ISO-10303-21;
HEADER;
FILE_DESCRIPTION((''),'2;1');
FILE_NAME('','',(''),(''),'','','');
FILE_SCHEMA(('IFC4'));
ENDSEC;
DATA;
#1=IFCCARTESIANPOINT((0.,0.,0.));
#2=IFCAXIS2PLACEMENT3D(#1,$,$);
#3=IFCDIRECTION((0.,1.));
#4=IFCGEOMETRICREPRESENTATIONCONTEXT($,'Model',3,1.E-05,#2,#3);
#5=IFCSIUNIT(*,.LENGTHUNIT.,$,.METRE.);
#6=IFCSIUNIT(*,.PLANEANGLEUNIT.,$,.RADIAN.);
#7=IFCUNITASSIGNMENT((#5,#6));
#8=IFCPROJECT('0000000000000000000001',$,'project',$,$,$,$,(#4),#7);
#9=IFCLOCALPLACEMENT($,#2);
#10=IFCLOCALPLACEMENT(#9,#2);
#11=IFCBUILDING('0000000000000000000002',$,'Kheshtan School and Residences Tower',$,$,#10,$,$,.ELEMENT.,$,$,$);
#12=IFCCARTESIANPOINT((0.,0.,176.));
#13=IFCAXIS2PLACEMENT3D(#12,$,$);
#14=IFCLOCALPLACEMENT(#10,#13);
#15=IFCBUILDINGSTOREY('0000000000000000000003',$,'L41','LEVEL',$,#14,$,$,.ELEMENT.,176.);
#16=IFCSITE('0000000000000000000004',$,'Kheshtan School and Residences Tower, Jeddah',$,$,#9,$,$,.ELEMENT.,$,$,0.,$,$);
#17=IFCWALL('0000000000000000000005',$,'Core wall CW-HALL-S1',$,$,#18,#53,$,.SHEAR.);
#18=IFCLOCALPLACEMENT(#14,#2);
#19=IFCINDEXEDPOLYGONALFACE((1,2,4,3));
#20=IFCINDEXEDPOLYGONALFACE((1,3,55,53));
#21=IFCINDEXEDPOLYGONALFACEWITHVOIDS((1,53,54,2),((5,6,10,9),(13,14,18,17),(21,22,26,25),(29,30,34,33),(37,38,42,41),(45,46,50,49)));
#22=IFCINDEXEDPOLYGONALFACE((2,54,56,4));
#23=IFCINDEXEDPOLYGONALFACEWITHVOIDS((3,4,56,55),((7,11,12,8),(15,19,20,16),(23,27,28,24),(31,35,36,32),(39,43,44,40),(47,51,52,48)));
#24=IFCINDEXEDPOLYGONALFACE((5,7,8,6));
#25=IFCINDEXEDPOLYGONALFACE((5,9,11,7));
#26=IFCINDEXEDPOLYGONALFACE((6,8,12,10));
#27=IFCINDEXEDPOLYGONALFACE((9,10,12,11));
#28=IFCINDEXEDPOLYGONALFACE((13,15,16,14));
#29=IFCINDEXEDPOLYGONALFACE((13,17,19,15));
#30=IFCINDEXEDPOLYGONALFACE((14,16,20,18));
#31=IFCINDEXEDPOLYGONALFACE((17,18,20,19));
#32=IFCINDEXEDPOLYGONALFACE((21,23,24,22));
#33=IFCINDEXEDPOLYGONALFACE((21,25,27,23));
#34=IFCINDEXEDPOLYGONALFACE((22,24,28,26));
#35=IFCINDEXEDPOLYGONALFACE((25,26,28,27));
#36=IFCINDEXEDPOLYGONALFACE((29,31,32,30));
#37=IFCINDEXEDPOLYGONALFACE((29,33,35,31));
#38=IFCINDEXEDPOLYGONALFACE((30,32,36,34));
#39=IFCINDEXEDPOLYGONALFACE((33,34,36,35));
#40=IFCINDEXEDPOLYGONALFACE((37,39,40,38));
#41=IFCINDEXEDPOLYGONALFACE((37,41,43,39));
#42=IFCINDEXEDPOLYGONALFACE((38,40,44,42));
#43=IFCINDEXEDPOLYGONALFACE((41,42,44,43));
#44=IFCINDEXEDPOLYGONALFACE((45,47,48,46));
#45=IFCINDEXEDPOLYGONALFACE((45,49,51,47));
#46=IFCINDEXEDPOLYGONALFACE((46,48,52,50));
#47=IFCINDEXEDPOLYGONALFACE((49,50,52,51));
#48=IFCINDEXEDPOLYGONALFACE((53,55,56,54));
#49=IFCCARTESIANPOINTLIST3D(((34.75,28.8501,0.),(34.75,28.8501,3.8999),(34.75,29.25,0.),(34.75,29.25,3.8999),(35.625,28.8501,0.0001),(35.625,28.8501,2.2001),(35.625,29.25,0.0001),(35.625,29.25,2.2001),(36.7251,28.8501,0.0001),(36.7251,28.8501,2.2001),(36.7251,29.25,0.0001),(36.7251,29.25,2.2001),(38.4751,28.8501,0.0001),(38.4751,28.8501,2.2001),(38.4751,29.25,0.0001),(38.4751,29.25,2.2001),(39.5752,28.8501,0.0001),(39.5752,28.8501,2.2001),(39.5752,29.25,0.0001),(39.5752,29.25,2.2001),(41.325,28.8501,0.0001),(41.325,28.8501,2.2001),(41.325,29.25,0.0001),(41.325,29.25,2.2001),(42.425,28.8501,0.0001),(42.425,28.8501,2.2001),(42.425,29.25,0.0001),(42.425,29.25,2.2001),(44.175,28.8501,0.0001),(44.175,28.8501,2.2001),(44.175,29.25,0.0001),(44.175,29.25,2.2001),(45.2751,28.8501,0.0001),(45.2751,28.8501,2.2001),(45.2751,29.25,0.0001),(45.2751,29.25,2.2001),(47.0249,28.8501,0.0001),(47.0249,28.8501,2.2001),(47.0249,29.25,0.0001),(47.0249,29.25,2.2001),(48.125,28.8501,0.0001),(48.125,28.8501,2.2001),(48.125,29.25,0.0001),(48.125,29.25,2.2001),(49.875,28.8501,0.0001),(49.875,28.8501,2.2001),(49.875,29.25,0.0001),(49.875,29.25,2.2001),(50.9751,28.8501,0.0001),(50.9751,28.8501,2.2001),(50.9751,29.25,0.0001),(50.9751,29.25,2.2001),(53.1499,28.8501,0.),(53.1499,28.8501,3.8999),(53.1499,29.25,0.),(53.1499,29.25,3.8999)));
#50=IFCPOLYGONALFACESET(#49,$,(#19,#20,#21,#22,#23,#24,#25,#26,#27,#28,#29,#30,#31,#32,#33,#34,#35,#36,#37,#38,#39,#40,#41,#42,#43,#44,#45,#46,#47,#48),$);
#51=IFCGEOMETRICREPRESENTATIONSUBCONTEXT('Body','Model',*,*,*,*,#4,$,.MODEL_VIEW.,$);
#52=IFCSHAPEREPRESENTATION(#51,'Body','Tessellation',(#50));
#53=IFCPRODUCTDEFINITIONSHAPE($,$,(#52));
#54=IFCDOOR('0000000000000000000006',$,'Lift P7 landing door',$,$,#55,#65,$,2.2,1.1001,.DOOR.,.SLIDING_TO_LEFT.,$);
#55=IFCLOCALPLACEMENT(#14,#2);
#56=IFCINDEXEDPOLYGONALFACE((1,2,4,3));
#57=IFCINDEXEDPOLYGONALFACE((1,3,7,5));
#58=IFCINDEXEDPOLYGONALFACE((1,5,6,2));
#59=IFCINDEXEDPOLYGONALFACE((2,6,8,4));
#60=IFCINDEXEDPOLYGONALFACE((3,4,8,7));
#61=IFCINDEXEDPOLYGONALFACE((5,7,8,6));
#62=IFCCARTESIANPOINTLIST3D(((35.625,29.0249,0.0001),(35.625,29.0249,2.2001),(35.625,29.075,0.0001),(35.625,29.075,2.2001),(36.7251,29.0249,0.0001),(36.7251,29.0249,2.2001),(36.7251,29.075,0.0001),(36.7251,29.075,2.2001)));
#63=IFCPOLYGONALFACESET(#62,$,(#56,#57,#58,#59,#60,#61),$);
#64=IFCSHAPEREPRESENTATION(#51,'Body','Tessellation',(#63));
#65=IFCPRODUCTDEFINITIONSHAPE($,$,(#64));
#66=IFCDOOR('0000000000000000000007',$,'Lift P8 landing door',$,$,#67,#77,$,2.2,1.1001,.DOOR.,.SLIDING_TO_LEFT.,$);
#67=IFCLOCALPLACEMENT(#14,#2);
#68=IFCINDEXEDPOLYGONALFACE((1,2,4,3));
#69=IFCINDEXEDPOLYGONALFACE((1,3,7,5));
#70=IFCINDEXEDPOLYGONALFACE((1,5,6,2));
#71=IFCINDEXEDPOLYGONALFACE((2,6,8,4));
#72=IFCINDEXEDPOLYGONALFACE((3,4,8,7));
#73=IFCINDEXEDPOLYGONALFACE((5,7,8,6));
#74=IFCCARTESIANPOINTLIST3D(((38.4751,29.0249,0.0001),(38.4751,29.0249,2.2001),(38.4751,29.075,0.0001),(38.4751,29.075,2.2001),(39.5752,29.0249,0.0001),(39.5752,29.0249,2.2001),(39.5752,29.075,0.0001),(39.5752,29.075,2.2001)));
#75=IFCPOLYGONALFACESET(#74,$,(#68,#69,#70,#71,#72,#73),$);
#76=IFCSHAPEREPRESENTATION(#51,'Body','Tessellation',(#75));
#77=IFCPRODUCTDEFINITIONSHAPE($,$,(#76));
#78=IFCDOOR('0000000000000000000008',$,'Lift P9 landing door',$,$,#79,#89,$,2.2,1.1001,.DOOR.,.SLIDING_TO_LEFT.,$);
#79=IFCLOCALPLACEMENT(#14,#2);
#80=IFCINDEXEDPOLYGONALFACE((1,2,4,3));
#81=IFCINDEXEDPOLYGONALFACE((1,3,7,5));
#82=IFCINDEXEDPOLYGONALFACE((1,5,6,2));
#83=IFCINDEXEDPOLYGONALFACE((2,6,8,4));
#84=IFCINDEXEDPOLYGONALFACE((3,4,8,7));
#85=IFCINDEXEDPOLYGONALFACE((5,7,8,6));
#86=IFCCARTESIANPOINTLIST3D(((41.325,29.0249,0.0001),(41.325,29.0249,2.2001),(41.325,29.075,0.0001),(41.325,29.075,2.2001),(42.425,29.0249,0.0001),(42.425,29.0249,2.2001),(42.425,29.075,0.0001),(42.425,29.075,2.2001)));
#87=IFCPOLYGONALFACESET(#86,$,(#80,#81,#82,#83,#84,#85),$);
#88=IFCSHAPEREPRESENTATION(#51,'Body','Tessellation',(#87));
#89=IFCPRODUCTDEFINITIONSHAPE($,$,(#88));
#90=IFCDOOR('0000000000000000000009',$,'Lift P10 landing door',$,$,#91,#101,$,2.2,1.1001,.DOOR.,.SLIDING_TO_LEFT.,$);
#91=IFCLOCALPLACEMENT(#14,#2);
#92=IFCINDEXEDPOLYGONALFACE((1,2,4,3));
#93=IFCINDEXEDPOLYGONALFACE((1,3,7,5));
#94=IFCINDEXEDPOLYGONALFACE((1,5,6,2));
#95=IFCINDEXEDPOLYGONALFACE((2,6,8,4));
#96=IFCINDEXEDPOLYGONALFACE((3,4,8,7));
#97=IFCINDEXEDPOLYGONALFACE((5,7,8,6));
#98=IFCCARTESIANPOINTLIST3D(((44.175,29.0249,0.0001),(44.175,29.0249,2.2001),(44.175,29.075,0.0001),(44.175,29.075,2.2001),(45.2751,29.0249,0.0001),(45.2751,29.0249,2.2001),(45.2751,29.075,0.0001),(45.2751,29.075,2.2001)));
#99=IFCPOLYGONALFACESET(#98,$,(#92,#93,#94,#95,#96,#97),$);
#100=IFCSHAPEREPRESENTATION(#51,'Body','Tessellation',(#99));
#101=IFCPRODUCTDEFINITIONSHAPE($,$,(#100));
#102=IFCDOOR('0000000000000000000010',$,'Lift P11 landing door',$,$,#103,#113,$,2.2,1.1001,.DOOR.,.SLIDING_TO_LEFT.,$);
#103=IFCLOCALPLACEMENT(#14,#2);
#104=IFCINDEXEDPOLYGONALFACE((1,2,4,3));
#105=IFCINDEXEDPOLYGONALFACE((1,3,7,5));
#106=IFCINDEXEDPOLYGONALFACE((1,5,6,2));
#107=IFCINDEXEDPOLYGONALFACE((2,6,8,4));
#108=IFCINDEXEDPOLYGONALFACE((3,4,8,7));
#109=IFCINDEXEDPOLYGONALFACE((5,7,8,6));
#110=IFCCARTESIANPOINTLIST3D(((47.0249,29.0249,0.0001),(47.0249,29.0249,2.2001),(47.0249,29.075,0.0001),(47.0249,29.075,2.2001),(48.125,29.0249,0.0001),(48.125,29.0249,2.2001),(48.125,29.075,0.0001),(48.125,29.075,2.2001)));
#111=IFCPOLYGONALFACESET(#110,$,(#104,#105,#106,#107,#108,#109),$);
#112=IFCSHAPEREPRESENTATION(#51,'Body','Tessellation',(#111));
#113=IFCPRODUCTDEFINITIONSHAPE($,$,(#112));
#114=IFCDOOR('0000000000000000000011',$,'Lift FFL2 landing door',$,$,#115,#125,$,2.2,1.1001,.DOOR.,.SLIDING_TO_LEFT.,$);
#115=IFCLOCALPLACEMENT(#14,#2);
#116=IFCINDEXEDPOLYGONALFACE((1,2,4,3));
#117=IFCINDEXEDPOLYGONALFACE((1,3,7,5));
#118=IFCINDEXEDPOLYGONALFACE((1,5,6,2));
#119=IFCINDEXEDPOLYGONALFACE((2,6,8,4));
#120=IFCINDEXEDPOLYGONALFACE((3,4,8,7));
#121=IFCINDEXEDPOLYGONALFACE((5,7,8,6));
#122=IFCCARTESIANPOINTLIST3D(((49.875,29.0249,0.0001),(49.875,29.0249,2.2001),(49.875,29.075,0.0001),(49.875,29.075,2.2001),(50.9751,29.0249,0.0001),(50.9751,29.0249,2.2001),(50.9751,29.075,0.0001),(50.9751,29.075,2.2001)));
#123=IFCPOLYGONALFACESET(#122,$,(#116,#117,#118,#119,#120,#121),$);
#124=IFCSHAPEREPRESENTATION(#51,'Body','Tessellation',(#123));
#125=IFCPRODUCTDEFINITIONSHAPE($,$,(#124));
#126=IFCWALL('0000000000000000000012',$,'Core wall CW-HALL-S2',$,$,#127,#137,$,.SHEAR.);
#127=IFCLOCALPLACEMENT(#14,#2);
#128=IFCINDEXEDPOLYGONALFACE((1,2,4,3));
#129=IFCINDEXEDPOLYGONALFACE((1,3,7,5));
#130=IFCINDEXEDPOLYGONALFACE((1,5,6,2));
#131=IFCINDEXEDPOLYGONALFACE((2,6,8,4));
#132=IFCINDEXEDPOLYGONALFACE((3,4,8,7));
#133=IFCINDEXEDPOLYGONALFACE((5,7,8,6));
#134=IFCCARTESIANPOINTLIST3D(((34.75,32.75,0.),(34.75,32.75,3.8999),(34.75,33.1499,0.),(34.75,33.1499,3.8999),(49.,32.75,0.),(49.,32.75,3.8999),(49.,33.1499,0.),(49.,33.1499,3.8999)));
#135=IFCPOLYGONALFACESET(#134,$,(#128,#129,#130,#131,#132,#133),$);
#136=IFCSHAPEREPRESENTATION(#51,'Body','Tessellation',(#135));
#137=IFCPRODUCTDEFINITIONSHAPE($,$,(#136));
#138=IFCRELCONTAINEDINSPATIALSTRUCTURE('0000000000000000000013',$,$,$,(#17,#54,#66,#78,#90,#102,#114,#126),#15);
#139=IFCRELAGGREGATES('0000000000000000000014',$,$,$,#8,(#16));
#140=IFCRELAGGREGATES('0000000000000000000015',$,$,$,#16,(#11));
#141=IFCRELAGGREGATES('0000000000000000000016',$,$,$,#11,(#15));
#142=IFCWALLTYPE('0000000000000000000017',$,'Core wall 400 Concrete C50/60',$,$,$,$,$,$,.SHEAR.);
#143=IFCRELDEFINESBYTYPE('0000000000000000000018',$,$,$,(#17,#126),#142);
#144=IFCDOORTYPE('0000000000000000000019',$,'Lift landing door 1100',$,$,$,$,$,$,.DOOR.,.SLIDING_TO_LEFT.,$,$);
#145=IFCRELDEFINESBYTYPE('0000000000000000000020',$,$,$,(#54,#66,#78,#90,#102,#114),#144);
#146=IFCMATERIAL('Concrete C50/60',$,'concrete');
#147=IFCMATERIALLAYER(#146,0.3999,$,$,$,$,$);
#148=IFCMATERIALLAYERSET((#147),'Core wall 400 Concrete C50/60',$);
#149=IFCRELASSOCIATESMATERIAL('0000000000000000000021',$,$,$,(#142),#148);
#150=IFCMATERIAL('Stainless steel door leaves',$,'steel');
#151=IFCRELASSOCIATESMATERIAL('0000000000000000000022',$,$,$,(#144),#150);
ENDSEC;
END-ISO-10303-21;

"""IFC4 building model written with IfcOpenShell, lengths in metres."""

from ifc_helpers import new_model, si_unit, direction, frame, frame_2d, origin, place, context, subcontext, project, spatial, rectangle, extrude, source, transform, mapped, material, layer, layer_set, type_object, element, fill, save


model = new_model("IFC4")

# Units and contexts
model_context = context("Model", 3, precision=1e-05, world=origin(), true_north=direction((0.0, 1.0)))
body_context = subcontext(model_context, "Body", "Model", "MODEL_VIEW")
ifc_project = project(units=[si_unit("LENGTHUNIT", "METRE"), si_unit("PLANEANGLEUNIT", "RADIAN")], contexts=[model_context])

# Site, building, storey
site_placement = place(None, origin())
site = spatial("IfcSite", under=ifc_project, at=site_placement, Name="Kheshtan School and Residences Tower, Jeddah", CompositionType="ELEMENT", RefElevation=0.0)
building_placement = place(site_placement, origin())
building = spatial("IfcBuilding", under=site, at=building_placement, Name="Kheshtan School and Residences Tower", CompositionType="ELEMENT")
storey_placement = place(building_placement, frame((0.0, 0.0, 176.0)))
storey = spatial("IfcBuildingStorey", under=building, at=storey_placement, Name="L41", Description="LEVEL", CompositionType="ELEMENT", Elevation=176.0)

# Wall, openings, doors
ifc_material_1 = material(Name="Concrete C50/60", Category="concrete")
ifc_layer_1 = layer(ifc_material_1, 0.3999)
ifc_layer_set_1 = layer_set([ifc_layer_1], Name="Core wall 400 Concrete C50/60")
wall_type_1 = type_object("IfcWallType", Name="Core wall 400 Concrete C50/60", PredefinedType="SHEAR", material=ifc_layer_set_1)
wall_1_placement = place(storey_placement, frame((34.75, 29.05, 0.0), z_axis=(0.0, 0.0, 1.0), x_axis=(1.0, 0.0, 0.0)))
wall_1 = element("IfcWall", 1, at=wall_1_placement, inside=storey, type_object=wall_type_1, Name="Core wall CW-HALL-S1", PredefinedType="SHEAR", context=body_context, shape_type="SweptSolid", body=[
    extrude(rectangle(XDim=18.3999, YDim=0.3999, at=frame_2d((9.2, 0.0))), origin(), (0.0, 0.0, 1.0), 3.8999),
])
opening_1_placement = place(wall_1_placement, frame((0.875, 0.0, 0.0)))
opening_1 = element("IfcOpeningElement", 2, at=opening_1_placement, cuts=wall_1, PredefinedType="OPENING", context=body_context, shape_type="SweptSolid", body=[
    extrude(rectangle(XDim=1.1001, YDim=2.2, at=frame_2d((0.55, 1.1001))), frame((0.0, 0.21, 0.0), z_axis=(0.0, -1.0, 0.0), x_axis=(1.0, 0.0, 0.0)), (0.0, 0.0, 1.0), 0.4199),
])
opening_2_placement = place(wall_1_placement, frame((3.7251, 0.0, 0.0)))
opening_2 = element("IfcOpeningElement", 3, at=opening_2_placement, cuts=wall_1, PredefinedType="OPENING", context=body_context, shape_type="SweptSolid", body=[
    extrude(rectangle(XDim=1.1001, YDim=2.2, at=frame_2d((0.55, 1.1001))), frame((0.0, 0.21, 0.0), z_axis=(0.0, -1.0, 0.0), x_axis=(1.0, 0.0, 0.0)), (0.0, 0.0, 1.0), 0.4199),
])
opening_3_placement = place(wall_1_placement, frame((6.575, 0.0, 0.0)))
opening_3 = element("IfcOpeningElement", 4, at=opening_3_placement, cuts=wall_1, PredefinedType="OPENING", context=body_context, shape_type="SweptSolid", body=[
    extrude(rectangle(XDim=1.1001, YDim=2.2, at=frame_2d((0.55, 1.1001))), frame((0.0, 0.21, 0.0), z_axis=(0.0, -1.0, 0.0), x_axis=(1.0, 0.0, 0.0)), (0.0, 0.0, 1.0), 0.4199),
])
opening_4_placement = place(wall_1_placement, frame((9.425, 0.0, 0.0)))
opening_4 = element("IfcOpeningElement", 5, at=opening_4_placement, cuts=wall_1, PredefinedType="OPENING", context=body_context, shape_type="SweptSolid", body=[
    extrude(rectangle(XDim=1.1001, YDim=2.2, at=frame_2d((0.55, 1.1001))), frame((0.0, 0.21, 0.0), z_axis=(0.0, -1.0, 0.0), x_axis=(1.0, 0.0, 0.0)), (0.0, 0.0, 1.0), 0.4199),
])
opening_5_placement = place(wall_1_placement, frame((12.2749, 0.0, 0.0)))
opening_5 = element("IfcOpeningElement", 6, at=opening_5_placement, cuts=wall_1, PredefinedType="OPENING", context=body_context, shape_type="SweptSolid", body=[
    extrude(rectangle(XDim=1.1001, YDim=2.2, at=frame_2d((0.55, 1.1001))), frame((0.0, 0.21, 0.0), z_axis=(0.0, -1.0, 0.0), x_axis=(1.0, 0.0, 0.0)), (0.0, 0.0, 1.0), 0.4199),
])
opening_6_placement = place(wall_1_placement, frame((15.125, 0.0, 0.0)))
opening_6 = element("IfcOpeningElement", 7, at=opening_6_placement, cuts=wall_1, PredefinedType="OPENING", context=body_context, shape_type="SweptSolid", body=[
    extrude(rectangle(XDim=1.1001, YDim=2.2, at=frame_2d((0.55, 1.1001))), frame((0.0, 0.21, 0.0), z_axis=(0.0, -1.0, 0.0), x_axis=(1.0, 0.0, 0.0)), (0.0, 0.0, 1.0), 0.4199),
])
ifc_material_2 = material(Name="Stainless steel door leaves", Category="steel")
door_type_1 = type_object("IfcDoorType", Name="Lift landing door 1100", OperationType="SLIDING_TO_LEFT", PredefinedType="DOOR", material=ifc_material_2)
shared_shape_1 = source(origin(), body_context, "Body", "SweptSolid", [
    extrude(rectangle(XDim=1.1001, YDim=2.2, at=frame_2d((0.55, 1.1001))), frame((0.0, 0.0249, 0.0), z_axis=(0.0, -1.0, 0.0), x_axis=(1.0, 0.0, 0.0)), (0.0, 0.0, 1.0), 0.05),
])
door_1_placement = place(opening_1_placement, origin())
door_1 = element("IfcDoor", 8, at=door_1_placement, inside=storey, type_object=door_type_1, Name="Lift P7 landing door", OperationType="SLIDING_TO_LEFT", OverallHeight=2.2, OverallWidth=1.1001, PredefinedType="DOOR", context=body_context, shape_type="MappedRepresentation", body=[
    mapped(shared_shape_1, transform((0.0, 0.0, 0.0), x_axis=(1.0, 0.0, 0.0), y_axis=(0.0, 1.0, 0.0), z_axis=(0.0, 0.0, 1.0), scale=1.0)),
])
fill(opening_1, door_1)
door_2_placement = place(opening_2_placement, origin())
door_2 = element("IfcDoor", 9, at=door_2_placement, inside=storey, type_object=door_type_1, Name="Lift P8 landing door", OperationType="SLIDING_TO_LEFT", OverallHeight=2.2, OverallWidth=1.1001, PredefinedType="DOOR", context=body_context, shape_type="MappedRepresentation", body=[
    mapped(shared_shape_1, transform((0.0, 0.0, 0.0), x_axis=(1.0, 0.0, 0.0), y_axis=(0.0, 1.0, 0.0), z_axis=(0.0, 0.0, 1.0), scale=1.0)),
])
fill(opening_2, door_2)
door_3_placement = place(opening_3_placement, origin())
door_3 = element("IfcDoor", 10, at=door_3_placement, inside=storey, type_object=door_type_1, Name="Lift P9 landing door", OperationType="SLIDING_TO_LEFT", OverallHeight=2.2, OverallWidth=1.1001, PredefinedType="DOOR", context=body_context, shape_type="MappedRepresentation", body=[
    mapped(shared_shape_1, transform((0.0, 0.0, 0.0), x_axis=(1.0, 0.0, 0.0), y_axis=(0.0, 1.0, 0.0), z_axis=(0.0, 0.0, 1.0), scale=1.0)),
])
fill(opening_3, door_3)
door_4_placement = place(opening_4_placement, origin())
door_4 = element("IfcDoor", 11, at=door_4_placement, inside=storey, type_object=door_type_1, Name="Lift P10 landing door", OperationType="SLIDING_TO_LEFT", OverallHeight=2.2, OverallWidth=1.1001, PredefinedType="DOOR", context=body_context, shape_type="MappedRepresentation", body=[
    mapped(shared_shape_1, transform((0.0, 0.0, 0.0), x_axis=(1.0, 0.0, 0.0), y_axis=(0.0, 1.0, 0.0), z_axis=(0.0, 0.0, 1.0), scale=1.0)),
])
fill(opening_4, door_4)
door_5_placement = place(opening_5_placement, origin())
door_5 = element("IfcDoor", 12, at=door_5_placement, inside=storey, type_object=door_type_1, Name="Lift P11 landing door", OperationType="SLIDING_TO_LEFT", OverallHeight=2.2, OverallWidth=1.1001, PredefinedType="DOOR", context=body_context, shape_type="MappedRepresentation", body=[
    mapped(shared_shape_1, transform((0.0, 0.0, 0.0), x_axis=(1.0, 0.0, 0.0), y_axis=(0.0, 1.0, 0.0), z_axis=(0.0, 0.0, 1.0), scale=1.0)),
])
fill(opening_5, door_5)
door_6_placement = place(opening_6_placement, origin())
door_6 = element("IfcDoor", 13, at=door_6_placement, inside=storey, type_object=door_type_1, Name="Lift FFL2 landing door", OperationType="SLIDING_TO_LEFT", OverallHeight=2.2, OverallWidth=1.1001, PredefinedType="DOOR", context=body_context, shape_type="MappedRepresentation", body=[
    mapped(shared_shape_1, transform((0.0, 0.0, 0.0), x_axis=(1.0, 0.0, 0.0), y_axis=(0.0, 1.0, 0.0), z_axis=(0.0, 0.0, 1.0), scale=1.0)),
])
fill(opening_6, door_6)

# Wall
wall_2_placement = place(storey_placement, frame((34.75, 32.95, 0.0), z_axis=(0.0, 0.0, 1.0), x_axis=(1.0, 0.0, 0.0)))
element("IfcWall", 14, at=wall_2_placement, inside=storey, type_object=wall_type_1, Name="Core wall CW-HALL-S2", PredefinedType="SHEAR", context=body_context, shape_type="SweptSolid", body=[
    extrude(rectangle(XDim=14.25, YDim=0.3999, at=frame_2d((7.125, 0.0))), origin(), (0.0, 0.0, 1.0), 3.8999),
])

save(model, "model.ifc")
